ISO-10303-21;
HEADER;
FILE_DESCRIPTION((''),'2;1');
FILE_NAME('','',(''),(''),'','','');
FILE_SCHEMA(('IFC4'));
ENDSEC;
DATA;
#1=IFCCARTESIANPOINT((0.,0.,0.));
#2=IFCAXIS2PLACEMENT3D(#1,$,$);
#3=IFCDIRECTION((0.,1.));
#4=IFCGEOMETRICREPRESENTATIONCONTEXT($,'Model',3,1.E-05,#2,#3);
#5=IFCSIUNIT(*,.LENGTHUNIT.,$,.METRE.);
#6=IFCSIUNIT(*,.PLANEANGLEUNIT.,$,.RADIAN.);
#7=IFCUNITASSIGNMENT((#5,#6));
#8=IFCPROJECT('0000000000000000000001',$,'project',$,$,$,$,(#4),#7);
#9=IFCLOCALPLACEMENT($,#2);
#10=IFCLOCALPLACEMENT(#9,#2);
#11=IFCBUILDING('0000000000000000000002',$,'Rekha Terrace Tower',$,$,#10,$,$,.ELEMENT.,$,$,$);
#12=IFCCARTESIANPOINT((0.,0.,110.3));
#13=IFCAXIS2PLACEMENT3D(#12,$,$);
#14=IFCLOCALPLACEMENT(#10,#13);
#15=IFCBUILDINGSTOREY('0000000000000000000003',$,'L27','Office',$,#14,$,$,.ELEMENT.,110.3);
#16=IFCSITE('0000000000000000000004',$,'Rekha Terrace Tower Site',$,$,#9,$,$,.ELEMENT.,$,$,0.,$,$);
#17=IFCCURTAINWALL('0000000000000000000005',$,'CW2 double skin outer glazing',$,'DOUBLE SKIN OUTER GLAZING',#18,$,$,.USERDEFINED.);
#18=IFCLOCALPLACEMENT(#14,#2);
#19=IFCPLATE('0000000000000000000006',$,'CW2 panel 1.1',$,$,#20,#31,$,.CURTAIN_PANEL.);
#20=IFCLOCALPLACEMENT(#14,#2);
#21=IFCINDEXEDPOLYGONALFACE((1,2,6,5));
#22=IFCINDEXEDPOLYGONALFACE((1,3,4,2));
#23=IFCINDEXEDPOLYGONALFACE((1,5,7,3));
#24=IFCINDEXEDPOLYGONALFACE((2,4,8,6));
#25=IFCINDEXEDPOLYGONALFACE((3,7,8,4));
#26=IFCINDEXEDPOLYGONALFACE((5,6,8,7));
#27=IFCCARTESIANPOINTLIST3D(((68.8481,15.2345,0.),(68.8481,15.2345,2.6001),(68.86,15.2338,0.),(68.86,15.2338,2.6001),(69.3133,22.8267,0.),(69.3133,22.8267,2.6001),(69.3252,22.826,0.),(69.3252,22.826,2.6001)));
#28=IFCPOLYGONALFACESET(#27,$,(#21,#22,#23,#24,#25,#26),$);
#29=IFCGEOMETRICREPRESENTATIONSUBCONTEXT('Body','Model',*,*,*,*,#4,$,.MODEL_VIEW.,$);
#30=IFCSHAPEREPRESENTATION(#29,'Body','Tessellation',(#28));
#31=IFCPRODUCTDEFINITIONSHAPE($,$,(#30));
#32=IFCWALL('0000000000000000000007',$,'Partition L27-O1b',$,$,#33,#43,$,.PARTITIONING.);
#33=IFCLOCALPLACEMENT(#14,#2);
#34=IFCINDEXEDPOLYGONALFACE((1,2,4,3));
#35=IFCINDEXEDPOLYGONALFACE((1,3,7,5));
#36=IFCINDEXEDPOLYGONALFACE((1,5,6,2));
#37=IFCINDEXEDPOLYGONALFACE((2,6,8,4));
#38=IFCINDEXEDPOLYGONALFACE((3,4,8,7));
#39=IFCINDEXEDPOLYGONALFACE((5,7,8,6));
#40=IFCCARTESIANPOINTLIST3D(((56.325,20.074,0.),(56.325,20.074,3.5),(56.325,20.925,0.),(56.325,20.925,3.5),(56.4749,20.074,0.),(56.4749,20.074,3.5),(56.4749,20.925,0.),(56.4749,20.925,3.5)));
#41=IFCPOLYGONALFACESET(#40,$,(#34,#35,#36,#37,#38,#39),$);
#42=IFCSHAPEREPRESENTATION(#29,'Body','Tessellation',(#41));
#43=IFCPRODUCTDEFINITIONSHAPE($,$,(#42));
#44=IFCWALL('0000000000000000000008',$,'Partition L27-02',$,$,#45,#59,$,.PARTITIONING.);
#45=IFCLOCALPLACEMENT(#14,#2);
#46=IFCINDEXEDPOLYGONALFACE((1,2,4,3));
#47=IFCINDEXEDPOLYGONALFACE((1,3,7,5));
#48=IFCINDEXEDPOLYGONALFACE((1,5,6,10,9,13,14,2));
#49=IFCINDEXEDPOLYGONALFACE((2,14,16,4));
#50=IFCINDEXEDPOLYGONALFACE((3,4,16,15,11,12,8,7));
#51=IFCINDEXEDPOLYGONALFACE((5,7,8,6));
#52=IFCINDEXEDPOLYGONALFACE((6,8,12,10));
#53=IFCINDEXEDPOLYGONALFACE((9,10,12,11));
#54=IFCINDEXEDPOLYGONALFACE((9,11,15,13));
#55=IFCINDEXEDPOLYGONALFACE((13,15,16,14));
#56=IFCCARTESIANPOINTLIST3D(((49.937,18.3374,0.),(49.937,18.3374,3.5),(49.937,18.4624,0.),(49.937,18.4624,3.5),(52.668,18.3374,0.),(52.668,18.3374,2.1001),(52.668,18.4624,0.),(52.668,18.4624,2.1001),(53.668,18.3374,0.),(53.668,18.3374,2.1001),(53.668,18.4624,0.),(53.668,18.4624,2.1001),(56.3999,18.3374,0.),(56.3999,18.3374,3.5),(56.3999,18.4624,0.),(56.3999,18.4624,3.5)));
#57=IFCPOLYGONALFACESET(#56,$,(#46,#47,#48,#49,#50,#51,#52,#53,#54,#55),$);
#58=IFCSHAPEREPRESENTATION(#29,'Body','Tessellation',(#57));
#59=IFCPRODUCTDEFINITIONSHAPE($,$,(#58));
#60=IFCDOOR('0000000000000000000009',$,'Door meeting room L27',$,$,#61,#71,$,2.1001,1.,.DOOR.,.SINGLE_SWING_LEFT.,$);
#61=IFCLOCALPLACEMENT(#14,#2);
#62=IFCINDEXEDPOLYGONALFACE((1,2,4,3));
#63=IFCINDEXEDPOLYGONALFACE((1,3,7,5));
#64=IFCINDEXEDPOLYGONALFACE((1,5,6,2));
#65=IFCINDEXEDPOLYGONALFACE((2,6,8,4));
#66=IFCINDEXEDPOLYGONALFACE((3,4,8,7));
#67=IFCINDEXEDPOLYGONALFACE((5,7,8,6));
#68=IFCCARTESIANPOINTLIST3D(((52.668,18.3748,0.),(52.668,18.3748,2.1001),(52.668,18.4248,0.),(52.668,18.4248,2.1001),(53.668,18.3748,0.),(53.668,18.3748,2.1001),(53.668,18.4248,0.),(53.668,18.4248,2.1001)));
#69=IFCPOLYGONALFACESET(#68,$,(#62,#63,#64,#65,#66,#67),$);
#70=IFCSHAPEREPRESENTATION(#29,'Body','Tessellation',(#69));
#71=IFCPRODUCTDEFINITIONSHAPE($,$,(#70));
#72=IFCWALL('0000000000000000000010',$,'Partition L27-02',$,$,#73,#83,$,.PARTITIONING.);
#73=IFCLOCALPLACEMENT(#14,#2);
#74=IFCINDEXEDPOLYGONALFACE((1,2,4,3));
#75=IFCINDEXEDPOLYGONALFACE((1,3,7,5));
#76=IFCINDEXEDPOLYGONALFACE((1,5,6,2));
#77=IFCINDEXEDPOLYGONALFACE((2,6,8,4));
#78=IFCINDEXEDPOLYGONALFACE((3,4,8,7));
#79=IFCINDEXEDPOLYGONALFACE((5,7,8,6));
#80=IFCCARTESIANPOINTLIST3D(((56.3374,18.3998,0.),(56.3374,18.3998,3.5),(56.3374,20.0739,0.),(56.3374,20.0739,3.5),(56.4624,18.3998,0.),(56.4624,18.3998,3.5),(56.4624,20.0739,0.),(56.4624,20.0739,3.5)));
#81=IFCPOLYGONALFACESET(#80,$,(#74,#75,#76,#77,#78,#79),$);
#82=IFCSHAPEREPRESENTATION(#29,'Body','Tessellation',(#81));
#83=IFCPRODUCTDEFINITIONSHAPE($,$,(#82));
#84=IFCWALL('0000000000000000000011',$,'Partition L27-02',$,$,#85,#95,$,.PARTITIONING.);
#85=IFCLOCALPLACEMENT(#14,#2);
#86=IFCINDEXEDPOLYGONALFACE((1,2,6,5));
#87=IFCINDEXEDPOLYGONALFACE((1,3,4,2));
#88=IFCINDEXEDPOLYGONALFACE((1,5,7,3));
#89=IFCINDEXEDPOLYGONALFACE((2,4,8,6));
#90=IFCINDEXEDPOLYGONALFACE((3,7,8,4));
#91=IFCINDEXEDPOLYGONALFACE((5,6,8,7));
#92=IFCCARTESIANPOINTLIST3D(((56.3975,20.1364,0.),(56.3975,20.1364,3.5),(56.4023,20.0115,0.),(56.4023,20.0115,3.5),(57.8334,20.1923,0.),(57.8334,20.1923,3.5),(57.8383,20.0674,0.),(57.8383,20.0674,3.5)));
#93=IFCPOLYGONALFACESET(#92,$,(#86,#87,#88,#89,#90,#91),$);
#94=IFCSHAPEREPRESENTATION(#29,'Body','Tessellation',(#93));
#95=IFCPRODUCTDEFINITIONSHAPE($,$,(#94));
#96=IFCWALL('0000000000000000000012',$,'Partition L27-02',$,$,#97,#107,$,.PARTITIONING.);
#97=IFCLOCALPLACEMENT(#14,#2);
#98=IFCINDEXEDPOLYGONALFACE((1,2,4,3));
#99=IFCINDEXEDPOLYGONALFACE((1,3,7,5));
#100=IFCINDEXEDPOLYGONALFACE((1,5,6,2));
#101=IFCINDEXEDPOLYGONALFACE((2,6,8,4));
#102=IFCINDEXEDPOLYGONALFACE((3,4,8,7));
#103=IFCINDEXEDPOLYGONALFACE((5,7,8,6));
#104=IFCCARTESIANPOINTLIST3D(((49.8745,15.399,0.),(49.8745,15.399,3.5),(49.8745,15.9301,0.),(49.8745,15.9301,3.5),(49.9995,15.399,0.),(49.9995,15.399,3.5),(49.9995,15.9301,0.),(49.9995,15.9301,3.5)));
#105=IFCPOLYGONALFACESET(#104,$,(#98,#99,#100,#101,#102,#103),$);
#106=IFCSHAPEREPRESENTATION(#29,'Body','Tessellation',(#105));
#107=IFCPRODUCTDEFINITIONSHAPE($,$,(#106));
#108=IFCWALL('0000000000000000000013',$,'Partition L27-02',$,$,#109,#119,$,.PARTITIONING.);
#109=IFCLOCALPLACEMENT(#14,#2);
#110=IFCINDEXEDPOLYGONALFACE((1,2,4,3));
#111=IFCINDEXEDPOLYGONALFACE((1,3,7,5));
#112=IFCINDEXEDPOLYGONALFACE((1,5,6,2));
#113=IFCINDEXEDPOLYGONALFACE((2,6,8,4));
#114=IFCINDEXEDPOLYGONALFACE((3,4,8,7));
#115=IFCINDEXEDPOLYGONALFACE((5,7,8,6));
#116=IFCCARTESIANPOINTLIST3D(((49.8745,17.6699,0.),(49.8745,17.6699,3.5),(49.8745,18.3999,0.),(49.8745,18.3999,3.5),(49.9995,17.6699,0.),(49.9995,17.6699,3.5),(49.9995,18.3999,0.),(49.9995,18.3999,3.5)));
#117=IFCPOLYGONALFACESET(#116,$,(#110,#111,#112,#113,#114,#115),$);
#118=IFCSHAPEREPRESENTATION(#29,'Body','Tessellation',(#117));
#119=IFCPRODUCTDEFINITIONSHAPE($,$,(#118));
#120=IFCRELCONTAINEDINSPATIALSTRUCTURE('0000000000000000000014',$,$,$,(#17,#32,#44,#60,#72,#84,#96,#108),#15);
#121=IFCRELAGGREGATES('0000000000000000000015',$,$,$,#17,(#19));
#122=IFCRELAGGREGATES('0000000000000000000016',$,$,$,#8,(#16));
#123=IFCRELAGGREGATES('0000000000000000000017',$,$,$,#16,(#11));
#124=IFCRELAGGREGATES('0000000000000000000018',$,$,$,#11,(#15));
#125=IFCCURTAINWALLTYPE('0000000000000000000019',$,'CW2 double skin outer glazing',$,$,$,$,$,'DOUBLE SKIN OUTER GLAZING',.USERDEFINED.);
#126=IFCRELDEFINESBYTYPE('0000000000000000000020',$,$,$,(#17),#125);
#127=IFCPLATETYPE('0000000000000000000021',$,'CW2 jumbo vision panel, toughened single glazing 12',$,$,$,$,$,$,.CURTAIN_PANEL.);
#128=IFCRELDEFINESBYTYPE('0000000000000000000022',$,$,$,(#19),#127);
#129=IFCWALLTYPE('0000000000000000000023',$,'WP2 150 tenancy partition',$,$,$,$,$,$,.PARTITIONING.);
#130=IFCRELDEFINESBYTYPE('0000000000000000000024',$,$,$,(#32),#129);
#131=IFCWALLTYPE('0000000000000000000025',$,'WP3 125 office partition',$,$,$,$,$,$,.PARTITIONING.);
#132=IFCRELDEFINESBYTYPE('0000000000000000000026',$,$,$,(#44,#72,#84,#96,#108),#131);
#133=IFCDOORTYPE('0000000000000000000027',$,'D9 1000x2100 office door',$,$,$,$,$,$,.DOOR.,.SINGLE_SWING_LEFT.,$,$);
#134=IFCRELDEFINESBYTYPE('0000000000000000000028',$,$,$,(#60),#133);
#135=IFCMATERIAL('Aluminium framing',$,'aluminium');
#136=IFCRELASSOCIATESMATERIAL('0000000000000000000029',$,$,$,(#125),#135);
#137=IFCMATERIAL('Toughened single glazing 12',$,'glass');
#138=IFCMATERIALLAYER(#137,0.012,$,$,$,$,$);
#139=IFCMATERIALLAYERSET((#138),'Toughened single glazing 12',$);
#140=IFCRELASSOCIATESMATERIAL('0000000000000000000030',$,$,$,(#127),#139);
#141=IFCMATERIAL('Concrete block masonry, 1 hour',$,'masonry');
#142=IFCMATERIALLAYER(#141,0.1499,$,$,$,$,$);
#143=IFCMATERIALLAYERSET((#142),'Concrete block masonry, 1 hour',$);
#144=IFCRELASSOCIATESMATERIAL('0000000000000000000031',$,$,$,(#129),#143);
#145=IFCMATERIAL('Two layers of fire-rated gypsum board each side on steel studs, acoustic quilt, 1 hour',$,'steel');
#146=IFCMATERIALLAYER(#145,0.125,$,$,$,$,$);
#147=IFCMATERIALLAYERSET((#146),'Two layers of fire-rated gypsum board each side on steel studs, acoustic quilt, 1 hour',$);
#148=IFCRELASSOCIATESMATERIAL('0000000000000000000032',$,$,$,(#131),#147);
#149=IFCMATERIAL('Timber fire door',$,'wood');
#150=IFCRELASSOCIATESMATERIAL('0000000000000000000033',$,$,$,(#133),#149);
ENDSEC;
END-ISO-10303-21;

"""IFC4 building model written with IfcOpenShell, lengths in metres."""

from ifc_helpers import new_model, si_unit, direction, frame, frame_2d, origin, origin_2d, place, context, subcontext, project, spatial, rectangle, extrude, material, layer, layer_set, type_object, element, fill, aggregate, save


model = new_model("IFC4")

# Units and contexts
model_context = context("Model", 3, precision=1e-05, world=origin(), true_north=direction((0.0, 1.0)))
body_context = subcontext(model_context, "Body", "Model", "MODEL_VIEW")
ifc_project = project(units=[si_unit("LENGTHUNIT", "METRE"), si_unit("PLANEANGLEUNIT", "RADIAN")], contexts=[model_context])

# Site, building, storey
site_placement = place(None, origin())
site = spatial("IfcSite", under=ifc_project, at=site_placement, Name="Rekha Terrace Tower Site", CompositionType="ELEMENT", RefElevation=0.0)
building_placement = place(site_placement, origin())
building = spatial("IfcBuilding", under=site, at=building_placement, Name="Rekha Terrace Tower", CompositionType="ELEMENT")
storey_placement = place(building_placement, frame((0.0, 0.0, 110.3)))
storey = spatial("IfcBuildingStorey", under=building, at=storey_placement, Name="L27", Description="Office", CompositionType="ELEMENT", Elevation=110.3)

# Shared definitions
ifc_material_1 = material(Name="Aluminium framing", Category="aluminium")
curtain_wall_type_1 = type_object("IfcCurtainWallType", Name="CW2 double skin outer glazing", ElementType="DOUBLE SKIN OUTER GLAZING", PredefinedType="USERDEFINED", material=ifc_material_1)

# Curtain wall
curtain_wall_1_placement = place(storey_placement, origin())
curtain_wall_1 = element("IfcCurtainWall", 1, at=curtain_wall_1_placement, inside=storey, type_object=curtain_wall_type_1, Name="CW2 double skin outer glazing", ObjectType="DOUBLE SKIN OUTER GLAZING", PredefinedType="USERDEFINED")

# Plate
ifc_material_2 = material(Name="Toughened single glazing 12", Category="glass")
ifc_layer_1 = layer(ifc_material_2, 0.012)
ifc_layer_set_1 = layer_set([ifc_layer_1], Name="Toughened single glazing 12")
plate_type_1 = type_object("IfcPlateType", Name="CW2 jumbo vision panel, toughened single glazing 12", PredefinedType="CURTAIN_PANEL", material=ifc_layer_set_1)
plate_1_placement = place(storey_placement, frame((69.0867, 19.0303, 0.0), z_axis=(0.0, 0.0, 1.0), x_axis=(0.06116, 0.998128, 0.0)))
plate_1 = element("IfcPlate", 2, at=plate_1_placement, type_object=plate_type_1, Name="CW2 panel 1.1", PredefinedType="CURTAIN_PANEL", context=body_context, shape_type="SweptSolid", body=[
    extrude(rectangle(XDim=7.6064, YDim=0.012, at=origin_2d()), origin(), (0.0, 0.0, 1.0), 2.6001),
])
aggregate(curtain_wall_1, [plate_1])

# Wall
ifc_material_3 = material(Name="Concrete block masonry, 1 hour", Category="masonry")
ifc_layer_2 = layer(ifc_material_3, 0.1499)
ifc_layer_set_2 = layer_set([ifc_layer_2], Name="Concrete block masonry, 1 hour")
wall_type_1 = type_object("IfcWallType", Name="WP2 150 tenancy partition", PredefinedType="PARTITIONING", material=ifc_layer_set_2)
wall_1_placement = place(storey_placement, frame((56.3999, 20.074, 0.0), z_axis=(0.0, 0.0, 1.0), x_axis=(0.0, 1.0, 0.0)))
element("IfcWall", 3, at=wall_1_placement, inside=storey, type_object=wall_type_1, Name="Partition L27-O1b", PredefinedType="PARTITIONING", context=body_context, shape_type="SweptSolid", body=[
    extrude(rectangle(XDim=0.8511, YDim=0.1499, at=frame_2d((0.4255, 0.0))), origin(), (0.0, 0.0, 1.0), 3.5),
])

# Wall, opening, door
ifc_material_4 = material(Name="Two layers of fire-rated gypsum board each side on steel studs, acoustic quilt, 1 hour", Category="steel")
ifc_layer_3 = layer(ifc_material_4, 0.125)
ifc_layer_set_3 = layer_set([ifc_layer_3], Name="Two layers of fire-rated gypsum board each side on steel studs, acoustic quilt, 1 hour")
wall_type_2 = type_object("IfcWallType", Name="WP3 125 office partition", PredefinedType="PARTITIONING", material=ifc_layer_set_3)
wall_2_placement = place(storey_placement, frame((49.937, 18.3999, 0.0), z_axis=(0.0, 0.0, 1.0), x_axis=(1.0, 0.0, 0.0)))
wall_2 = element("IfcWall", 4, at=wall_2_placement, inside=storey, type_object=wall_type_2, Name="Partition L27-02", PredefinedType="PARTITIONING", context=body_context, shape_type="SweptSolid", body=[
    extrude(rectangle(XDim=6.4629, YDim=0.125, at=frame_2d((3.2314, 0.0))), origin(), (0.0, 0.0, 1.0), 3.5),
])
opening_placement = place(wall_2_placement, frame((2.731, 0.0, 0.0)))
opening = element("IfcOpeningElement", 5, at=opening_placement, cuts=wall_2, PredefinedType="OPENING", context=body_context, shape_type="SweptSolid", body=[
    extrude(rectangle(XDim=1.0, YDim=2.1001, at=frame_2d((0.5, 1.05))), frame((0.0, 0.0725, 0.0), z_axis=(0.0, -1.0, 0.0), x_axis=(1.0, 0.0, 0.0)), (0.0, 0.0, 1.0), 0.145),
])
ifc_material_5 = material(Name="Timber fire door", Category="wood")
door_type = type_object("IfcDoorType", Name="D9 1000x2100 office door", OperationType="SINGLE_SWING_LEFT", PredefinedType="DOOR", material=ifc_material_5)
door_placement = place(opening_placement, origin())
door = element("IfcDoor", 6, at=door_placement, inside=storey, type_object=door_type, Name="Door meeting room L27", OperationType="SINGLE_SWING_LEFT", OverallHeight=2.1001, OverallWidth=1.0, PredefinedType="DOOR", context=body_context, shape_type="SweptSolid", body=[
    extrude(rectangle(XDim=1.0, YDim=2.1001, at=frame_2d((0.5, 1.05))), frame((0.0, 0.0249, 0.0), z_axis=(0.0, -1.0, 0.0), x_axis=(1.0, 0.0, 0.0)), (0.0, 0.0, 1.0), 0.05),
])
fill(opening, door)

# Walls
wall_3_placement = place(storey_placement, frame((56.3999, 18.3999, 0.0), z_axis=(0.0, 0.0, 1.0), x_axis=(0.0, 1.0, 0.0)))
element("IfcWall", 7, at=wall_3_placement, inside=storey, type_object=wall_type_2, Name="Partition L27-02", PredefinedType="PARTITIONING", context=body_context, shape_type="SweptSolid", body=[
    extrude(rectangle(XDim=1.6741, YDim=0.125, at=frame_2d((0.8369, 0.0))), origin(), (0.0, 0.0, 1.0), 3.5),
])
wall_4_placement = place(storey_placement, frame((56.3999, 20.074, 0.0), z_axis=(0.0, 0.0, 1.0), x_axis=(0.999243, 0.038903, 0.0)))
element("IfcWall", 8, at=wall_4_placement, inside=storey, type_object=wall_type_2, Name="Partition L27-02", PredefinedType="PARTITIONING", context=body_context, shape_type="SweptSolid", body=[
    extrude(rectangle(XDim=1.437, YDim=0.125, at=frame_2d((0.7185, 0.0))), origin(), (0.0, 0.0, 1.0), 3.5),
])
wall_5_placement = place(storey_placement, frame((49.937, 15.3989, 0.0), z_axis=(0.0, 0.0, 1.0), x_axis=(0.0, 1.0, 0.0)))
element("IfcWall", 9, at=wall_5_placement, inside=storey, type_object=wall_type_2, Name="Partition L27-02", PredefinedType="PARTITIONING", context=body_context, shape_type="SweptSolid", body=[
    extrude(rectangle(XDim=0.531, YDim=0.125, at=frame_2d((0.2656, 0.0))), origin(), (0.0, 0.0, 1.0), 3.5),
])
wall_6_placement = place(storey_placement, frame((49.937, 17.6699, 0.0), z_axis=(0.0, 0.0, 1.0), x_axis=(0.0, 1.0, 0.0)))
element("IfcWall", 10, at=wall_6_placement, inside=storey, type_object=wall_type_2, Name="Partition L27-02", PredefinedType="PARTITIONING", context=body_context, shape_type="SweptSolid", body=[
    extrude(rectangle(XDim=0.73, YDim=0.125, at=frame_2d((0.365, 0.0))), origin(), (0.0, 0.0, 1.0), 3.5),
])

save(model, "model.ifc")
